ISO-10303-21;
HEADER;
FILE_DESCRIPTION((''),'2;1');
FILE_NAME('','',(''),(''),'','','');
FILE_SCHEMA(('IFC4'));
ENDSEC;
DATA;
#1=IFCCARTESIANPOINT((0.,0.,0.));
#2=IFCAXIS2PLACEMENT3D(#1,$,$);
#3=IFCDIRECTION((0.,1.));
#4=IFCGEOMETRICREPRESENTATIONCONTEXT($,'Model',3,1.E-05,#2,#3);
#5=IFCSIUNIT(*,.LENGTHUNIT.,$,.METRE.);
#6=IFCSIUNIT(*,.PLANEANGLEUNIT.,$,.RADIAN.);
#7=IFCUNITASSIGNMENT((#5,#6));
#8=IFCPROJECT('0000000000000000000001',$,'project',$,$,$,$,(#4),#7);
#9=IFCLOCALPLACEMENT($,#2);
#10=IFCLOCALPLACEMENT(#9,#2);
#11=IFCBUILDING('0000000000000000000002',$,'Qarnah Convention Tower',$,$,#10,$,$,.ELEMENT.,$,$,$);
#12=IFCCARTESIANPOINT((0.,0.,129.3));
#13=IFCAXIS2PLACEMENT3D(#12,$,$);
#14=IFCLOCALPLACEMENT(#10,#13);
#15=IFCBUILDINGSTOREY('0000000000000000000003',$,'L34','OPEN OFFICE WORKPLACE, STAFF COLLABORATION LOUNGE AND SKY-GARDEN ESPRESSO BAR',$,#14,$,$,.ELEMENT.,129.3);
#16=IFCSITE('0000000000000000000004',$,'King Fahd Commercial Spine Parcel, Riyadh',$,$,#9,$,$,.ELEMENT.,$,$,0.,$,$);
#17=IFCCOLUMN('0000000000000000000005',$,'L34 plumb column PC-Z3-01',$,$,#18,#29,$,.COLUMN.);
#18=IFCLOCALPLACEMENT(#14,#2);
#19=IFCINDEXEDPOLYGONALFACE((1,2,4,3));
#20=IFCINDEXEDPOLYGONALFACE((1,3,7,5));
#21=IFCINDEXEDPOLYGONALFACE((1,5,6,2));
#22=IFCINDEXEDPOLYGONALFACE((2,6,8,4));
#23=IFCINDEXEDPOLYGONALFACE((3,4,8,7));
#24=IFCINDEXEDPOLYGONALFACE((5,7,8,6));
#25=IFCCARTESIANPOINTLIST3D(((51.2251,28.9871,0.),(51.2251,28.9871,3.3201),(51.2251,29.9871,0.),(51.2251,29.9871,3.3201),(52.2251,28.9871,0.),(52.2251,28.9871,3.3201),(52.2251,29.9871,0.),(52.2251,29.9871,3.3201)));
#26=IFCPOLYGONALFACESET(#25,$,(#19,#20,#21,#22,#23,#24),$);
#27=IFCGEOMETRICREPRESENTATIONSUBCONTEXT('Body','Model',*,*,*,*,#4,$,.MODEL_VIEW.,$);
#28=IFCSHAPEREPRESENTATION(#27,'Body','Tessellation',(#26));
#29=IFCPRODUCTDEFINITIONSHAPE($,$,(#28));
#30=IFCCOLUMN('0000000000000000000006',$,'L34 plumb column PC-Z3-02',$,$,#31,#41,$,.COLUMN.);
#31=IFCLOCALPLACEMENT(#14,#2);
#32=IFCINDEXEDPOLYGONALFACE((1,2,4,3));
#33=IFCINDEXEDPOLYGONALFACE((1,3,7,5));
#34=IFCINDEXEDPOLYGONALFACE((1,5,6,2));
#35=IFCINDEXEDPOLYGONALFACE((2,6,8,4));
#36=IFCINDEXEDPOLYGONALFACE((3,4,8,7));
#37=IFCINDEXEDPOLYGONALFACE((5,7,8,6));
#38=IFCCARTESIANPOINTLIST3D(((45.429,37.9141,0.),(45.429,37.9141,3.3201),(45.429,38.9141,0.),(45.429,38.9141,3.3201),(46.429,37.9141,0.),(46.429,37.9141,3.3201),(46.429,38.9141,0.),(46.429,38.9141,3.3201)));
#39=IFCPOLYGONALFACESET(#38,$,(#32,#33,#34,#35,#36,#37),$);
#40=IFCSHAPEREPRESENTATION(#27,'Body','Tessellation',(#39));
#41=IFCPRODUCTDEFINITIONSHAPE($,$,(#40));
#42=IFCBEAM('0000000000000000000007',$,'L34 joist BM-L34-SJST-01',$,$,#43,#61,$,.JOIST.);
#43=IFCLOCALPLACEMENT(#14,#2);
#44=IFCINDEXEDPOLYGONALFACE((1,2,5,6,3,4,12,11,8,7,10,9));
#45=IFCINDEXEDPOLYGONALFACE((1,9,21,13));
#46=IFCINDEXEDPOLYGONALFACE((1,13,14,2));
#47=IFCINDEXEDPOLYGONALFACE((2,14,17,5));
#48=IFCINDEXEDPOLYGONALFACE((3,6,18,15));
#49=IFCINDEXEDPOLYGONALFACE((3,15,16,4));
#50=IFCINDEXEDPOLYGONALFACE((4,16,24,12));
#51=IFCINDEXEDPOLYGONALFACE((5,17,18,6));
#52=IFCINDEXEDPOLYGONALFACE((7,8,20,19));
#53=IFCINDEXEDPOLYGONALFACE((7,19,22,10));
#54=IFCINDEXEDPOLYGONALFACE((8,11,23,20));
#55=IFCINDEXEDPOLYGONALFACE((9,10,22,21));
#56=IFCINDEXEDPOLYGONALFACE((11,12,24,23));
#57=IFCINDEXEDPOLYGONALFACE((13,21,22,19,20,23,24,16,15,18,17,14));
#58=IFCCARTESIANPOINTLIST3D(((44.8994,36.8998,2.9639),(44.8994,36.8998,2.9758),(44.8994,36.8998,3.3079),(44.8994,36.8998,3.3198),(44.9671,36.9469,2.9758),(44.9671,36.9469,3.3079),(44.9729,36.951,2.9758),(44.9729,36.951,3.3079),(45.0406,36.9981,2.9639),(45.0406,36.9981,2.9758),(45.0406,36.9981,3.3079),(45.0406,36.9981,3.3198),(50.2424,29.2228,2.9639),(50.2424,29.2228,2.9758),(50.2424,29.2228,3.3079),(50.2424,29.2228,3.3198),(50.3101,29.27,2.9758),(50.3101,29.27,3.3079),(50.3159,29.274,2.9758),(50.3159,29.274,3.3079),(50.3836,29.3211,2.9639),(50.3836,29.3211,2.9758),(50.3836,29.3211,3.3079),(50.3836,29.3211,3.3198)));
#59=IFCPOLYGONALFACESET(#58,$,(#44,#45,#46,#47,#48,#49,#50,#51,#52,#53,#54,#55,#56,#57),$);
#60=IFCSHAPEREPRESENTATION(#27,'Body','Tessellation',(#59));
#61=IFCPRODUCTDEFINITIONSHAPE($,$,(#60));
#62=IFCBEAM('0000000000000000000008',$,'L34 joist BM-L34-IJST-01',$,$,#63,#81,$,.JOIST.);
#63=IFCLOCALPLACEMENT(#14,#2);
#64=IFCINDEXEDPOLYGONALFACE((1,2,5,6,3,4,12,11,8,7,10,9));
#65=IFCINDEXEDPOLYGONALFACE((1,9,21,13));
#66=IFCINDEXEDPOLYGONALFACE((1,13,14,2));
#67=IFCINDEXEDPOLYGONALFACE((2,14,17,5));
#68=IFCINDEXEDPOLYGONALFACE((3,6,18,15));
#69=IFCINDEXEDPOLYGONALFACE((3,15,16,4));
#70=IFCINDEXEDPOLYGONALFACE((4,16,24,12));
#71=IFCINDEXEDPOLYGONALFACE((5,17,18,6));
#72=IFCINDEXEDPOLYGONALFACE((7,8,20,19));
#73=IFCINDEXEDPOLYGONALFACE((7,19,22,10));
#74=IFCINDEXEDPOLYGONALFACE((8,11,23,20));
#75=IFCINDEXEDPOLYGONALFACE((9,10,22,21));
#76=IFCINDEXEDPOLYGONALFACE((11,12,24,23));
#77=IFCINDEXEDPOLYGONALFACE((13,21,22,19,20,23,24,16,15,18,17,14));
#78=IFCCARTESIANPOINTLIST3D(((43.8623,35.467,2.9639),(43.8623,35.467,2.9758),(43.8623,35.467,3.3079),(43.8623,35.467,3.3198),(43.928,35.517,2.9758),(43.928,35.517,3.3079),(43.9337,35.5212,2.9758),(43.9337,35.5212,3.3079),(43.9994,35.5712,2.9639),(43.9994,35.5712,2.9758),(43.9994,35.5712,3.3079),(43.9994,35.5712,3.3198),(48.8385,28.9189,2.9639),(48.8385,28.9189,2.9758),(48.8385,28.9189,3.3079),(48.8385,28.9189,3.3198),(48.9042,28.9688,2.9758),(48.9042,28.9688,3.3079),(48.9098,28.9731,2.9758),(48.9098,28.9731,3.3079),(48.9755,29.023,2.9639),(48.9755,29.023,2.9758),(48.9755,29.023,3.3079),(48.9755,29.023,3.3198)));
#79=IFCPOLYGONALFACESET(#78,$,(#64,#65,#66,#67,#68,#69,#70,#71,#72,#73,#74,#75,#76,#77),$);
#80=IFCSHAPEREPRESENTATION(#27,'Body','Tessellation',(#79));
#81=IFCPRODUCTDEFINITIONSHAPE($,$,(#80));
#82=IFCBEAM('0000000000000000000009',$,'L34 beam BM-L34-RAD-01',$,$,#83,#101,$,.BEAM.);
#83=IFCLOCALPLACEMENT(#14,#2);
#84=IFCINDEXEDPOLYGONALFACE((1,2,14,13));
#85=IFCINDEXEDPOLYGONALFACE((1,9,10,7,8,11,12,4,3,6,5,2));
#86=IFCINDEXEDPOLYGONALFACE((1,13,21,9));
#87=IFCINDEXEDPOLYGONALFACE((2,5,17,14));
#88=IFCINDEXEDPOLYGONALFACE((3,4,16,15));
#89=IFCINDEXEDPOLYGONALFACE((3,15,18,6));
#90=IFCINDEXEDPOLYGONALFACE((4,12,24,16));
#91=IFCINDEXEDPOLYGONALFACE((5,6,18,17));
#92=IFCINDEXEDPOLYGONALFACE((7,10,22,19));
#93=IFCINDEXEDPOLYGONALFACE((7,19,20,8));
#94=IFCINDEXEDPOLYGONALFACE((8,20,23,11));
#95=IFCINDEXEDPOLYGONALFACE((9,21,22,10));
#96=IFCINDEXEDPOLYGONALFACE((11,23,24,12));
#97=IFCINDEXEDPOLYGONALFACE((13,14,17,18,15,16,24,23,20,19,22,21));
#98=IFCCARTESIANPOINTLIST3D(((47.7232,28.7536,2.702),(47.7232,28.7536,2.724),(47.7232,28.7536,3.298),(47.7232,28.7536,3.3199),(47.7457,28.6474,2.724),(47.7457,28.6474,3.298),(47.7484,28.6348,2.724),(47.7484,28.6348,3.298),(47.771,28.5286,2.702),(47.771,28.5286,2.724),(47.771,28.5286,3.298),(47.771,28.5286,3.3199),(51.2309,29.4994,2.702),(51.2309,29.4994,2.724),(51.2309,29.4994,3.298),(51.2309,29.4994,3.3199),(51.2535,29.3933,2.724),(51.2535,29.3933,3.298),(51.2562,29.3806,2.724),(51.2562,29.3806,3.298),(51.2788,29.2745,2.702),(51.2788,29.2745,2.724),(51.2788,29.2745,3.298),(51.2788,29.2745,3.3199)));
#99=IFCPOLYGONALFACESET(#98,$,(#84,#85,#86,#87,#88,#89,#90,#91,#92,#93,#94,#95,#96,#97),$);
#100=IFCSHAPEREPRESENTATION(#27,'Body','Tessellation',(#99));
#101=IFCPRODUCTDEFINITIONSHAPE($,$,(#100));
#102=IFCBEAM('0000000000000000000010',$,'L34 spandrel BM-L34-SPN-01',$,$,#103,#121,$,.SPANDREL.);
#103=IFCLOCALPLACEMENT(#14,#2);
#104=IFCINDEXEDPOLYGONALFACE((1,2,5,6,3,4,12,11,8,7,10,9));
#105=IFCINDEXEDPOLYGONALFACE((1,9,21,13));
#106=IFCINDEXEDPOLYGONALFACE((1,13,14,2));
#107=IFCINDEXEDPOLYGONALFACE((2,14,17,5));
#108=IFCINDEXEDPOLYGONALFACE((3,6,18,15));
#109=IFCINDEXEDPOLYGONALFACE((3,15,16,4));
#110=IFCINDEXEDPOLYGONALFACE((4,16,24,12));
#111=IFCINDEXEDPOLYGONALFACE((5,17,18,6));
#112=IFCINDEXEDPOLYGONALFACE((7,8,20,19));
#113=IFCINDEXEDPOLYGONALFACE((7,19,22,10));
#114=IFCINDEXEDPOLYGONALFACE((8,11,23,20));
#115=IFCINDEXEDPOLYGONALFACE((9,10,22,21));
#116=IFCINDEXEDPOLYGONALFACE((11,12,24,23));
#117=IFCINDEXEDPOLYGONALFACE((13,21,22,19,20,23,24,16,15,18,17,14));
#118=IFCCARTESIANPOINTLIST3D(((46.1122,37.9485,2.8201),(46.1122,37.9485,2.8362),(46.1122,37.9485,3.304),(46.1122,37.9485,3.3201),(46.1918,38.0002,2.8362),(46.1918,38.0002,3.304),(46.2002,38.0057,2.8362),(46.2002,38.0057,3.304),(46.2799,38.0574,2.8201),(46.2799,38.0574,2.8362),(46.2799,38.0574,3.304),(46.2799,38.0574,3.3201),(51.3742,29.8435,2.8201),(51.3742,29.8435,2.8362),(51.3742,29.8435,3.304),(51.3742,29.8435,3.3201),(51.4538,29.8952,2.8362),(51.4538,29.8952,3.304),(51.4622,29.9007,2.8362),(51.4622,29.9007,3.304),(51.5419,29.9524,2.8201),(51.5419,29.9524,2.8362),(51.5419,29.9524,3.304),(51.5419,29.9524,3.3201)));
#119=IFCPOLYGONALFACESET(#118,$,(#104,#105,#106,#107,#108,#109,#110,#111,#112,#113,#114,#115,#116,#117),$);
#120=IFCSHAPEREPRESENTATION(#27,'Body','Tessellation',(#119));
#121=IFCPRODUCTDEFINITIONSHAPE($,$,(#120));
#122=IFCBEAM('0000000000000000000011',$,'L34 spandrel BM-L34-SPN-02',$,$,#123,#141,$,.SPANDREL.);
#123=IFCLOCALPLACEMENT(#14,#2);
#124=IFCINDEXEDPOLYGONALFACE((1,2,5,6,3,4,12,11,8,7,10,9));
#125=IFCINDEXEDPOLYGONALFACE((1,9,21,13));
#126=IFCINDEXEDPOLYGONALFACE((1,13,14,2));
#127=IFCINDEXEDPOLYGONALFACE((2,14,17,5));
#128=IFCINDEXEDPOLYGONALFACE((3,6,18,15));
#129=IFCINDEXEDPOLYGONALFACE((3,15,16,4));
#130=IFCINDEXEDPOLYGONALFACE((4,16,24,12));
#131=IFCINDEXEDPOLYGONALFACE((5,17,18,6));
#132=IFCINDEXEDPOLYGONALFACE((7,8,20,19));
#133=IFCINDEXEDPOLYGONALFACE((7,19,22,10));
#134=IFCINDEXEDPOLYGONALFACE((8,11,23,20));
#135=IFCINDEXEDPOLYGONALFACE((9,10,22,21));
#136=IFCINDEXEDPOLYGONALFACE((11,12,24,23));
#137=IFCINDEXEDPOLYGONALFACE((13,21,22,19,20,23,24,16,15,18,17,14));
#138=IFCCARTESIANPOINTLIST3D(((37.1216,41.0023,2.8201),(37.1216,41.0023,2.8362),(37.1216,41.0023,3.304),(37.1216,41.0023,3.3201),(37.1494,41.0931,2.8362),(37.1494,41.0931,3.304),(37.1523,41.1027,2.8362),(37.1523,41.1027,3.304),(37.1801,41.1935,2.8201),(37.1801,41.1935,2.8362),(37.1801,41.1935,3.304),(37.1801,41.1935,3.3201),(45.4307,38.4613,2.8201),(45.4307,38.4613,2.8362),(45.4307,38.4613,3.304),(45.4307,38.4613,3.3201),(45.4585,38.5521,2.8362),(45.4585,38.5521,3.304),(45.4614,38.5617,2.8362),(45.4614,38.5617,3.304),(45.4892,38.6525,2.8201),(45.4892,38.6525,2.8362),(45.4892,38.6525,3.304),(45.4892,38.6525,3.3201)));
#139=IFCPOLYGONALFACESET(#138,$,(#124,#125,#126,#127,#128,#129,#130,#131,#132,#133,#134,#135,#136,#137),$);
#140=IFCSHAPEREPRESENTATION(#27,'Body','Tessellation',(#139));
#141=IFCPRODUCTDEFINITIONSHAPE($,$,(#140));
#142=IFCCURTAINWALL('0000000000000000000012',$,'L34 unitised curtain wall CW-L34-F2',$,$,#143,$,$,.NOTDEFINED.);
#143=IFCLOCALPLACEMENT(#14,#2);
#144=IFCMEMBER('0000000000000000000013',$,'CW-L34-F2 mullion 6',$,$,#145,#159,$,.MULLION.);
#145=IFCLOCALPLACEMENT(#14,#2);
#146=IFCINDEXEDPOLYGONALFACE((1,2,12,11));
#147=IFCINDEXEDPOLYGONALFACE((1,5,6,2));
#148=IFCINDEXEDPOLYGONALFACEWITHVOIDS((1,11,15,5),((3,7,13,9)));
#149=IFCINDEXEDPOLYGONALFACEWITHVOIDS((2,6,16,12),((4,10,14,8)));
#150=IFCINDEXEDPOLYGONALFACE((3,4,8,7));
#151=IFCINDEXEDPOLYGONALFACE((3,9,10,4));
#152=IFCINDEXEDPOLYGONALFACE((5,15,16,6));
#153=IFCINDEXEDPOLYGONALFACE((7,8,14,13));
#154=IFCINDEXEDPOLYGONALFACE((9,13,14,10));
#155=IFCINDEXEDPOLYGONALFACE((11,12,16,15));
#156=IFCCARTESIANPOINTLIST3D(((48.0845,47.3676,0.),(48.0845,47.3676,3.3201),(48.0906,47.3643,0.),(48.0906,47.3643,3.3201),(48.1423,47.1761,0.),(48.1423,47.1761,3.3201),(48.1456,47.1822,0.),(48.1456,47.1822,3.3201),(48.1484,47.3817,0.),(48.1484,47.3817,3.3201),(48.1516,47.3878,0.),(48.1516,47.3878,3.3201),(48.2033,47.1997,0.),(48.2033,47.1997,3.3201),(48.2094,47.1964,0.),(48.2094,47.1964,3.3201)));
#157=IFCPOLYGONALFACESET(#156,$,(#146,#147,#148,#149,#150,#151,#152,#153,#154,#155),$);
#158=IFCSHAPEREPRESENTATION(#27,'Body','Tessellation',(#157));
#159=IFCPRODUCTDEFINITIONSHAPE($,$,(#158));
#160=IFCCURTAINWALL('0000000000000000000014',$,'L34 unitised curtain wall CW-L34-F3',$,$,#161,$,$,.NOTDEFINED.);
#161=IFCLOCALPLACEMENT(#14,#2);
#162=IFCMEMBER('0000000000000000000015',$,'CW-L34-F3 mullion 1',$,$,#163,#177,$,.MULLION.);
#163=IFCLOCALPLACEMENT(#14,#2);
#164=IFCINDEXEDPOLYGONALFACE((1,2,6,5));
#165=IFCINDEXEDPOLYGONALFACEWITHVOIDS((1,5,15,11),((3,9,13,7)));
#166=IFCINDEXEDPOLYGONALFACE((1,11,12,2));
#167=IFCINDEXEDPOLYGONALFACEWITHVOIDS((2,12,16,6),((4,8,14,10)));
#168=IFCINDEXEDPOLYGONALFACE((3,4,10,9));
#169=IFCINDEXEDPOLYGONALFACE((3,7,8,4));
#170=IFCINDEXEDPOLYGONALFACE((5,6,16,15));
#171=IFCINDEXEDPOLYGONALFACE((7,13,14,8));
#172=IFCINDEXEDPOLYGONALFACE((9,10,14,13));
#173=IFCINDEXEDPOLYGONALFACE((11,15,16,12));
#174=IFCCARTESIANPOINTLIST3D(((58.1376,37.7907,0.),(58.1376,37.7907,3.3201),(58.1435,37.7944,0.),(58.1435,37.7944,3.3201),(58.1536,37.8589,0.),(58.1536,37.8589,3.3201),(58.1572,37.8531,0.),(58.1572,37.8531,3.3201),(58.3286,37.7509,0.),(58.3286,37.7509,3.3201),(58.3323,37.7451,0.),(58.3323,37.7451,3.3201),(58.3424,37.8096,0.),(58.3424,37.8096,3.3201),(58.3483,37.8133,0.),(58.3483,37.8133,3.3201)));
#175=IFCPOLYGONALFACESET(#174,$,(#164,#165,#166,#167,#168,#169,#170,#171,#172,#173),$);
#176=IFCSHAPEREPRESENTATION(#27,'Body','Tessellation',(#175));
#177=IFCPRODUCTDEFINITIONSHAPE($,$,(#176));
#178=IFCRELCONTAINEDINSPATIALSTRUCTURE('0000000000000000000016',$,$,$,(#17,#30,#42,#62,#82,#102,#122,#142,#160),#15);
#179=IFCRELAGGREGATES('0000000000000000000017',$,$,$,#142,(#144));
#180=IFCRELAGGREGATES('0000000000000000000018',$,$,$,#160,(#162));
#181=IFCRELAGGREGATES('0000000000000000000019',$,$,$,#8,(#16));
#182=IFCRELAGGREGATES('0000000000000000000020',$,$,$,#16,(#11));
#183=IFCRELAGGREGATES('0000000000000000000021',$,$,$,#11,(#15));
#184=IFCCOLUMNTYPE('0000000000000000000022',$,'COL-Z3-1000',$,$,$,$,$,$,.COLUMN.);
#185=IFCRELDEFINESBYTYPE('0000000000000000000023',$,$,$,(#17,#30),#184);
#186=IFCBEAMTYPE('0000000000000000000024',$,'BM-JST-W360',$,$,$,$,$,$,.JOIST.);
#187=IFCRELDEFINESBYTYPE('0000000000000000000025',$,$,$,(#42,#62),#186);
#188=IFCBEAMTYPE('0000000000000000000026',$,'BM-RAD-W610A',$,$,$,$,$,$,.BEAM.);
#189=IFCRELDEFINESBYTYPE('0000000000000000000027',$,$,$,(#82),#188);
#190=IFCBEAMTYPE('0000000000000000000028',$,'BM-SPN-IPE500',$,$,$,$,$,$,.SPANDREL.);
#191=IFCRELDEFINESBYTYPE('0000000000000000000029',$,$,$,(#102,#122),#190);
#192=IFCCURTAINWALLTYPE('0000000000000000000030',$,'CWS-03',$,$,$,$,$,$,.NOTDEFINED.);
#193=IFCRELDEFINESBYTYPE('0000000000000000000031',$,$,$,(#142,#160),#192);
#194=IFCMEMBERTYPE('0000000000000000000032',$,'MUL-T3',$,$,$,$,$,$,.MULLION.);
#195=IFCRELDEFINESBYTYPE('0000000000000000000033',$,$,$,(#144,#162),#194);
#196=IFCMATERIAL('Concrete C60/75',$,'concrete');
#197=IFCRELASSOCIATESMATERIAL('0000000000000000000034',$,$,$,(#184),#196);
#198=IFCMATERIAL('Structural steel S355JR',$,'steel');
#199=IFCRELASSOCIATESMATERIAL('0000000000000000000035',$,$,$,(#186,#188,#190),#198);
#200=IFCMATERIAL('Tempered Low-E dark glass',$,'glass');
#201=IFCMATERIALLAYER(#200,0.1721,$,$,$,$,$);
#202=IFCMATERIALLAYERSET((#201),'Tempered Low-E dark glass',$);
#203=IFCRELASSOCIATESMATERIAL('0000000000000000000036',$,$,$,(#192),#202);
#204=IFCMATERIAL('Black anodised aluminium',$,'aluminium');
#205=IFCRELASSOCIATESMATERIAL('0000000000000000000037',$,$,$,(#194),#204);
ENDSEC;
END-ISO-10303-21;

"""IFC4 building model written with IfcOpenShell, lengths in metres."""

from ifc_helpers import new_model, si_unit, direction, frame, origin, origin_2d, place, context, subcontext, project, spatial, rectangle, hollow_rectangle, i_section, extrude, material, layer, layer_set, material_profile, profile_set, type_object, element, aggregate, save


model = new_model("IFC4")

# Units and contexts
model_context = context("Model", 3, precision=1e-05, world=origin(), true_north=direction((0.0, 1.0)))
body_context = subcontext(model_context, "Body", "Model", "MODEL_VIEW")
ifc_project = project(units=[si_unit("LENGTHUNIT", "METRE"), si_unit("PLANEANGLEUNIT", "RADIAN")], contexts=[model_context])

# Site, building, storey
site_placement = place(None, origin())
site = spatial("IfcSite", under=ifc_project, at=site_placement, Name="King Fahd Commercial Spine Parcel, Riyadh", CompositionType="ELEMENT", RefElevation=0.0)
building_placement = place(site_placement, origin())
building = spatial("IfcBuilding", under=site, at=building_placement, Name="Qarnah Convention Tower", CompositionType="ELEMENT")
storey_placement = place(building_placement, frame((0.0, 0.0, 129.3)))
storey = spatial("IfcBuildingStorey", under=building, at=storey_placement, Name="L34", Description="OPEN OFFICE WORKPLACE, STAFF COLLABORATION LOUNGE AND SKY-GARDEN ESPRESSO BAR", CompositionType="ELEMENT", Elevation=129.3)

# Columns
ifc_material_1 = material(Name="Concrete C60/75", Category="concrete")
ifc_material_profile_1 = material_profile(ifc_material_1, rectangle(XDim=1.0, YDim=1.0, at=origin_2d()), Name="RC-COL-1000X1000")
ifc_profile_set_1 = profile_set([ifc_material_profile_1], Name="Concrete C60/75")
column_type = type_object("IfcColumnType", Name="COL-Z3-1000", PredefinedType="COLUMN", material=ifc_profile_set_1)
for number, where, z_axis, x_axis, name in (
    (1, (51.7251, 29.4871, 0.0), (0.0, 0.0, 1.0), (1.0, 0.0, 0.0), "L34 plumb column PC-Z3-01"),
    (2, (45.929, 38.4141, 0.0), (0.0, 0.0, 1.0), (1.0, 0.0, 0.0), "L34 plumb column PC-Z3-02"),
):
    element("IfcColumn", number, at=place(storey_placement, frame(where, z_axis=z_axis, x_axis=x_axis)), inside=storey, type_object=column_type, Name=name, PredefinedType="COLUMN", context=body_context, shape_type="SweptSolid", body=[
        extrude(rectangle(XDim=1.0, YDim=1.0, at=origin_2d()), origin(), (0.0, 0.0, 1.0), 3.3201),
    ])

# Beams
ifc_material_2 = material(Name="Structural steel S355JR", Category="steel")
ifc_material_profile_2 = material_profile(ifc_material_2, i_section(OverallWidth=0.1721, OverallDepth=0.356, WebThickness=0.0071, FlangeThickness=0.012, at=origin_2d()), Name="W360X51")
ifc_profile_set_2 = profile_set([ifc_material_profile_2], Name="Structural steel S355JR")
beam_type_1 = type_object("IfcBeamType", Name="BM-JST-W360", PredefinedType="JOIST", material=ifc_profile_set_2)
beam_1_placement = place(storey_placement, frame((50.313, 29.272, 3.1418), z_axis=(-0.571244, 0.82078, 0.0), x_axis=(-0.82078, -0.571244, 0.0)))
element("IfcBeam", 3, at=beam_1_placement, inside=storey, type_object=beam_type_1, Name="L34 joist BM-L34-SJST-01", PredefinedType="JOIST", context=body_context, shape_type="SweptSolid", body=[
    extrude(i_section(OverallWidth=0.1721, OverallDepth=0.356, WebThickness=0.0071, FlangeThickness=0.012, at=origin_2d()), origin(), (0.0, 0.0, 1.0), 9.3533),
])
beam_2_placement = place(storey_placement, frame((48.907, 28.9709, 3.1418), z_axis=(-0.605046, 0.79619, 0.0), x_axis=(-0.79619, -0.605046, 0.0)))
element("IfcBeam", 4, at=beam_2_placement, inside=storey, type_object=beam_type_1, Name="L34 joist BM-L34-IJST-01", PredefinedType="JOIST", context=body_context, shape_type="SweptSolid", body=[
    extrude(i_section(OverallWidth=0.1721, OverallDepth=0.356, WebThickness=0.0071, FlangeThickness=0.012, at=origin_2d()), origin(), (0.0, 0.0, 1.0), 8.2244),
])
ifc_material_profile_3 = material_profile(ifc_material_2, i_section(OverallWidth=0.23, OverallDepth=0.6179, WebThickness=0.0129, FlangeThickness=0.022, at=origin_2d()), Name="W610X140")
ifc_profile_set_3 = profile_set([ifc_material_profile_3], Name="Structural steel S355JR")
beam_type_2 = type_object("IfcBeamType", Name="BM-RAD-W610A", PredefinedType="BEAM", material=ifc_profile_set_3)
beam_3_placement = place(storey_placement, frame((47.7471, 28.6411, 3.011), z_axis=(0.978134, 0.207976, 0.0), x_axis=(-0.207976, 0.978134, 0.0)))
element("IfcBeam", 5, at=beam_3_placement, inside=storey, type_object=beam_type_2, Name="L34 beam BM-L34-RAD-01", PredefinedType="BEAM", context=body_context, shape_type="SweptSolid", body=[
    extrude(i_section(OverallWidth=0.23, OverallDepth=0.6179, WebThickness=0.0129, FlangeThickness=0.022, at=origin_2d()), origin(), (0.0, 0.0, 1.0), 3.5862),
])
ifc_material_profile_4 = material_profile(ifc_material_2, i_section(OverallWidth=0.2, OverallDepth=0.5, WebThickness=0.01, FlangeThickness=0.0161, at=origin_2d()), Name="IPE500")
ifc_profile_set_4 = profile_set([ifc_material_profile_4], Name="Structural steel S355JR")
beam_type_3 = type_object("IfcBeamType", Name="BM-SPN-IPE500", PredefinedType="SPANDREL", material=ifc_profile_set_4)
beam_4_placement = place(storey_placement, frame((51.458, 29.8979, 3.0701), z_axis=(-0.544532, 0.83874, 0.0), x_axis=(-0.83874, -0.544532, 0.0)))
element("IfcBeam", 6, at=beam_4_placement, inside=storey, type_object=beam_type_3, Name="L34 spandrel BM-L34-SPN-01", PredefinedType="SPANDREL", context=body_context, shape_type="SweptSolid", body=[
    extrude(i_section(OverallWidth=0.2, OverallDepth=0.5, WebThickness=0.01, FlangeThickness=0.0161, at=origin_2d()), origin(), (0.0, 0.0, 1.0), 9.6633),
])
beam_5_placement = place(storey_placement, frame((45.46, 38.5569, 3.0701), z_axis=(-0.956283, 0.292443, 0.0), x_axis=(-0.292443, -0.956283, 0.0)))
element("IfcBeam", 7, at=beam_5_placement, inside=storey, type_object=beam_type_3, Name="L34 spandrel BM-L34-SPN-02", PredefinedType="SPANDREL", context=body_context, shape_type="SweptSolid", body=[
    extrude(i_section(OverallWidth=0.2, OverallDepth=0.5, WebThickness=0.01, FlangeThickness=0.0161, at=origin_2d()), origin(), (0.0, 0.0, 1.0), 8.689),
])

# Curtain wall, member
ifc_material_3 = material(Name="Tempered Low-E dark glass", Category="glass")
ifc_layer_1 = layer(ifc_material_3, 0.1721)
ifc_layer_set_1 = layer_set([ifc_layer_1], Name="Tempered Low-E dark glass")
curtain_wall_type = type_object("IfcCurtainWallType", Name="CWS-03", PredefinedType="NOTDEFINED", material=ifc_layer_set_1)
curtain_wall_1_placement = place(storey_placement, origin())
curtain_wall_1 = element("IfcCurtainWall", 8, at=curtain_wall_1_placement, inside=storey, type_object=curtain_wall_type, Name="L34 unitised curtain wall CW-L34-F2", PredefinedType="NOTDEFINED")
ifc_material_4 = material(Name="Black anodised aluminium", Category="aluminium")
ifc_material_profile_5 = material_profile(ifc_material_4, hollow_rectangle(XDim=0.0701, YDim=0.2, WallThickness=0.0049, at=origin_2d()), Name="MUL-70X200")
ifc_profile_set_5 = profile_set([ifc_material_profile_5], Name="Black anodised aluminium")
member_type_1 = type_object("IfcMemberType", Name="MUL-T3", PredefinedType="MULLION", material=ifc_profile_set_5)
member_1_placement = place(storey_placement, frame((48.147, 47.282, 0.0), z_axis=(0.0, 0.0, 1.0), x_axis=(0.957322, 0.289025, 0.0)))
member_1 = element("IfcMember", 9, at=member_1_placement, type_object=member_type_1, Name="CW-L34-F2 mullion 6", PredefinedType="MULLION", context=body_context, shape_type="SweptSolid", body=[
    extrude(hollow_rectangle(XDim=0.0701, YDim=0.2, WallThickness=0.0049, at=origin_2d()), origin(), (0.0, 0.0, 1.0), 3.3201),
])

# Curtain wall, member
curtain_wall_2_placement = place(storey_placement, origin())
curtain_wall_2 = element("IfcCurtainWall", 10, at=curtain_wall_2_placement, inside=storey, type_object=curtain_wall_type, Name="L34 unitised curtain wall CW-L34-F3", PredefinedType="NOTDEFINED")
member_2_placement = place(storey_placement, frame((58.2429, 37.802, 0.0), z_axis=(0.0, 0.0, 1.0), x_axis=(-0.228344, -0.97358, 0.0)))
member_2 = element("IfcMember", 11, at=member_2_placement, type_object=member_type_1, Name="CW-L34-F3 mullion 1", PredefinedType="MULLION", context=body_context, shape_type="SweptSolid", body=[
    extrude(hollow_rectangle(XDim=0.0701, YDim=0.2, WallThickness=0.0049, at=origin_2d()), origin(), (0.0, 0.0, 1.0), 3.3201),
])

aggregate(curtain_wall_1, [member_1])
aggregate(curtain_wall_2, [member_2])

save(model, "model.ifc")
